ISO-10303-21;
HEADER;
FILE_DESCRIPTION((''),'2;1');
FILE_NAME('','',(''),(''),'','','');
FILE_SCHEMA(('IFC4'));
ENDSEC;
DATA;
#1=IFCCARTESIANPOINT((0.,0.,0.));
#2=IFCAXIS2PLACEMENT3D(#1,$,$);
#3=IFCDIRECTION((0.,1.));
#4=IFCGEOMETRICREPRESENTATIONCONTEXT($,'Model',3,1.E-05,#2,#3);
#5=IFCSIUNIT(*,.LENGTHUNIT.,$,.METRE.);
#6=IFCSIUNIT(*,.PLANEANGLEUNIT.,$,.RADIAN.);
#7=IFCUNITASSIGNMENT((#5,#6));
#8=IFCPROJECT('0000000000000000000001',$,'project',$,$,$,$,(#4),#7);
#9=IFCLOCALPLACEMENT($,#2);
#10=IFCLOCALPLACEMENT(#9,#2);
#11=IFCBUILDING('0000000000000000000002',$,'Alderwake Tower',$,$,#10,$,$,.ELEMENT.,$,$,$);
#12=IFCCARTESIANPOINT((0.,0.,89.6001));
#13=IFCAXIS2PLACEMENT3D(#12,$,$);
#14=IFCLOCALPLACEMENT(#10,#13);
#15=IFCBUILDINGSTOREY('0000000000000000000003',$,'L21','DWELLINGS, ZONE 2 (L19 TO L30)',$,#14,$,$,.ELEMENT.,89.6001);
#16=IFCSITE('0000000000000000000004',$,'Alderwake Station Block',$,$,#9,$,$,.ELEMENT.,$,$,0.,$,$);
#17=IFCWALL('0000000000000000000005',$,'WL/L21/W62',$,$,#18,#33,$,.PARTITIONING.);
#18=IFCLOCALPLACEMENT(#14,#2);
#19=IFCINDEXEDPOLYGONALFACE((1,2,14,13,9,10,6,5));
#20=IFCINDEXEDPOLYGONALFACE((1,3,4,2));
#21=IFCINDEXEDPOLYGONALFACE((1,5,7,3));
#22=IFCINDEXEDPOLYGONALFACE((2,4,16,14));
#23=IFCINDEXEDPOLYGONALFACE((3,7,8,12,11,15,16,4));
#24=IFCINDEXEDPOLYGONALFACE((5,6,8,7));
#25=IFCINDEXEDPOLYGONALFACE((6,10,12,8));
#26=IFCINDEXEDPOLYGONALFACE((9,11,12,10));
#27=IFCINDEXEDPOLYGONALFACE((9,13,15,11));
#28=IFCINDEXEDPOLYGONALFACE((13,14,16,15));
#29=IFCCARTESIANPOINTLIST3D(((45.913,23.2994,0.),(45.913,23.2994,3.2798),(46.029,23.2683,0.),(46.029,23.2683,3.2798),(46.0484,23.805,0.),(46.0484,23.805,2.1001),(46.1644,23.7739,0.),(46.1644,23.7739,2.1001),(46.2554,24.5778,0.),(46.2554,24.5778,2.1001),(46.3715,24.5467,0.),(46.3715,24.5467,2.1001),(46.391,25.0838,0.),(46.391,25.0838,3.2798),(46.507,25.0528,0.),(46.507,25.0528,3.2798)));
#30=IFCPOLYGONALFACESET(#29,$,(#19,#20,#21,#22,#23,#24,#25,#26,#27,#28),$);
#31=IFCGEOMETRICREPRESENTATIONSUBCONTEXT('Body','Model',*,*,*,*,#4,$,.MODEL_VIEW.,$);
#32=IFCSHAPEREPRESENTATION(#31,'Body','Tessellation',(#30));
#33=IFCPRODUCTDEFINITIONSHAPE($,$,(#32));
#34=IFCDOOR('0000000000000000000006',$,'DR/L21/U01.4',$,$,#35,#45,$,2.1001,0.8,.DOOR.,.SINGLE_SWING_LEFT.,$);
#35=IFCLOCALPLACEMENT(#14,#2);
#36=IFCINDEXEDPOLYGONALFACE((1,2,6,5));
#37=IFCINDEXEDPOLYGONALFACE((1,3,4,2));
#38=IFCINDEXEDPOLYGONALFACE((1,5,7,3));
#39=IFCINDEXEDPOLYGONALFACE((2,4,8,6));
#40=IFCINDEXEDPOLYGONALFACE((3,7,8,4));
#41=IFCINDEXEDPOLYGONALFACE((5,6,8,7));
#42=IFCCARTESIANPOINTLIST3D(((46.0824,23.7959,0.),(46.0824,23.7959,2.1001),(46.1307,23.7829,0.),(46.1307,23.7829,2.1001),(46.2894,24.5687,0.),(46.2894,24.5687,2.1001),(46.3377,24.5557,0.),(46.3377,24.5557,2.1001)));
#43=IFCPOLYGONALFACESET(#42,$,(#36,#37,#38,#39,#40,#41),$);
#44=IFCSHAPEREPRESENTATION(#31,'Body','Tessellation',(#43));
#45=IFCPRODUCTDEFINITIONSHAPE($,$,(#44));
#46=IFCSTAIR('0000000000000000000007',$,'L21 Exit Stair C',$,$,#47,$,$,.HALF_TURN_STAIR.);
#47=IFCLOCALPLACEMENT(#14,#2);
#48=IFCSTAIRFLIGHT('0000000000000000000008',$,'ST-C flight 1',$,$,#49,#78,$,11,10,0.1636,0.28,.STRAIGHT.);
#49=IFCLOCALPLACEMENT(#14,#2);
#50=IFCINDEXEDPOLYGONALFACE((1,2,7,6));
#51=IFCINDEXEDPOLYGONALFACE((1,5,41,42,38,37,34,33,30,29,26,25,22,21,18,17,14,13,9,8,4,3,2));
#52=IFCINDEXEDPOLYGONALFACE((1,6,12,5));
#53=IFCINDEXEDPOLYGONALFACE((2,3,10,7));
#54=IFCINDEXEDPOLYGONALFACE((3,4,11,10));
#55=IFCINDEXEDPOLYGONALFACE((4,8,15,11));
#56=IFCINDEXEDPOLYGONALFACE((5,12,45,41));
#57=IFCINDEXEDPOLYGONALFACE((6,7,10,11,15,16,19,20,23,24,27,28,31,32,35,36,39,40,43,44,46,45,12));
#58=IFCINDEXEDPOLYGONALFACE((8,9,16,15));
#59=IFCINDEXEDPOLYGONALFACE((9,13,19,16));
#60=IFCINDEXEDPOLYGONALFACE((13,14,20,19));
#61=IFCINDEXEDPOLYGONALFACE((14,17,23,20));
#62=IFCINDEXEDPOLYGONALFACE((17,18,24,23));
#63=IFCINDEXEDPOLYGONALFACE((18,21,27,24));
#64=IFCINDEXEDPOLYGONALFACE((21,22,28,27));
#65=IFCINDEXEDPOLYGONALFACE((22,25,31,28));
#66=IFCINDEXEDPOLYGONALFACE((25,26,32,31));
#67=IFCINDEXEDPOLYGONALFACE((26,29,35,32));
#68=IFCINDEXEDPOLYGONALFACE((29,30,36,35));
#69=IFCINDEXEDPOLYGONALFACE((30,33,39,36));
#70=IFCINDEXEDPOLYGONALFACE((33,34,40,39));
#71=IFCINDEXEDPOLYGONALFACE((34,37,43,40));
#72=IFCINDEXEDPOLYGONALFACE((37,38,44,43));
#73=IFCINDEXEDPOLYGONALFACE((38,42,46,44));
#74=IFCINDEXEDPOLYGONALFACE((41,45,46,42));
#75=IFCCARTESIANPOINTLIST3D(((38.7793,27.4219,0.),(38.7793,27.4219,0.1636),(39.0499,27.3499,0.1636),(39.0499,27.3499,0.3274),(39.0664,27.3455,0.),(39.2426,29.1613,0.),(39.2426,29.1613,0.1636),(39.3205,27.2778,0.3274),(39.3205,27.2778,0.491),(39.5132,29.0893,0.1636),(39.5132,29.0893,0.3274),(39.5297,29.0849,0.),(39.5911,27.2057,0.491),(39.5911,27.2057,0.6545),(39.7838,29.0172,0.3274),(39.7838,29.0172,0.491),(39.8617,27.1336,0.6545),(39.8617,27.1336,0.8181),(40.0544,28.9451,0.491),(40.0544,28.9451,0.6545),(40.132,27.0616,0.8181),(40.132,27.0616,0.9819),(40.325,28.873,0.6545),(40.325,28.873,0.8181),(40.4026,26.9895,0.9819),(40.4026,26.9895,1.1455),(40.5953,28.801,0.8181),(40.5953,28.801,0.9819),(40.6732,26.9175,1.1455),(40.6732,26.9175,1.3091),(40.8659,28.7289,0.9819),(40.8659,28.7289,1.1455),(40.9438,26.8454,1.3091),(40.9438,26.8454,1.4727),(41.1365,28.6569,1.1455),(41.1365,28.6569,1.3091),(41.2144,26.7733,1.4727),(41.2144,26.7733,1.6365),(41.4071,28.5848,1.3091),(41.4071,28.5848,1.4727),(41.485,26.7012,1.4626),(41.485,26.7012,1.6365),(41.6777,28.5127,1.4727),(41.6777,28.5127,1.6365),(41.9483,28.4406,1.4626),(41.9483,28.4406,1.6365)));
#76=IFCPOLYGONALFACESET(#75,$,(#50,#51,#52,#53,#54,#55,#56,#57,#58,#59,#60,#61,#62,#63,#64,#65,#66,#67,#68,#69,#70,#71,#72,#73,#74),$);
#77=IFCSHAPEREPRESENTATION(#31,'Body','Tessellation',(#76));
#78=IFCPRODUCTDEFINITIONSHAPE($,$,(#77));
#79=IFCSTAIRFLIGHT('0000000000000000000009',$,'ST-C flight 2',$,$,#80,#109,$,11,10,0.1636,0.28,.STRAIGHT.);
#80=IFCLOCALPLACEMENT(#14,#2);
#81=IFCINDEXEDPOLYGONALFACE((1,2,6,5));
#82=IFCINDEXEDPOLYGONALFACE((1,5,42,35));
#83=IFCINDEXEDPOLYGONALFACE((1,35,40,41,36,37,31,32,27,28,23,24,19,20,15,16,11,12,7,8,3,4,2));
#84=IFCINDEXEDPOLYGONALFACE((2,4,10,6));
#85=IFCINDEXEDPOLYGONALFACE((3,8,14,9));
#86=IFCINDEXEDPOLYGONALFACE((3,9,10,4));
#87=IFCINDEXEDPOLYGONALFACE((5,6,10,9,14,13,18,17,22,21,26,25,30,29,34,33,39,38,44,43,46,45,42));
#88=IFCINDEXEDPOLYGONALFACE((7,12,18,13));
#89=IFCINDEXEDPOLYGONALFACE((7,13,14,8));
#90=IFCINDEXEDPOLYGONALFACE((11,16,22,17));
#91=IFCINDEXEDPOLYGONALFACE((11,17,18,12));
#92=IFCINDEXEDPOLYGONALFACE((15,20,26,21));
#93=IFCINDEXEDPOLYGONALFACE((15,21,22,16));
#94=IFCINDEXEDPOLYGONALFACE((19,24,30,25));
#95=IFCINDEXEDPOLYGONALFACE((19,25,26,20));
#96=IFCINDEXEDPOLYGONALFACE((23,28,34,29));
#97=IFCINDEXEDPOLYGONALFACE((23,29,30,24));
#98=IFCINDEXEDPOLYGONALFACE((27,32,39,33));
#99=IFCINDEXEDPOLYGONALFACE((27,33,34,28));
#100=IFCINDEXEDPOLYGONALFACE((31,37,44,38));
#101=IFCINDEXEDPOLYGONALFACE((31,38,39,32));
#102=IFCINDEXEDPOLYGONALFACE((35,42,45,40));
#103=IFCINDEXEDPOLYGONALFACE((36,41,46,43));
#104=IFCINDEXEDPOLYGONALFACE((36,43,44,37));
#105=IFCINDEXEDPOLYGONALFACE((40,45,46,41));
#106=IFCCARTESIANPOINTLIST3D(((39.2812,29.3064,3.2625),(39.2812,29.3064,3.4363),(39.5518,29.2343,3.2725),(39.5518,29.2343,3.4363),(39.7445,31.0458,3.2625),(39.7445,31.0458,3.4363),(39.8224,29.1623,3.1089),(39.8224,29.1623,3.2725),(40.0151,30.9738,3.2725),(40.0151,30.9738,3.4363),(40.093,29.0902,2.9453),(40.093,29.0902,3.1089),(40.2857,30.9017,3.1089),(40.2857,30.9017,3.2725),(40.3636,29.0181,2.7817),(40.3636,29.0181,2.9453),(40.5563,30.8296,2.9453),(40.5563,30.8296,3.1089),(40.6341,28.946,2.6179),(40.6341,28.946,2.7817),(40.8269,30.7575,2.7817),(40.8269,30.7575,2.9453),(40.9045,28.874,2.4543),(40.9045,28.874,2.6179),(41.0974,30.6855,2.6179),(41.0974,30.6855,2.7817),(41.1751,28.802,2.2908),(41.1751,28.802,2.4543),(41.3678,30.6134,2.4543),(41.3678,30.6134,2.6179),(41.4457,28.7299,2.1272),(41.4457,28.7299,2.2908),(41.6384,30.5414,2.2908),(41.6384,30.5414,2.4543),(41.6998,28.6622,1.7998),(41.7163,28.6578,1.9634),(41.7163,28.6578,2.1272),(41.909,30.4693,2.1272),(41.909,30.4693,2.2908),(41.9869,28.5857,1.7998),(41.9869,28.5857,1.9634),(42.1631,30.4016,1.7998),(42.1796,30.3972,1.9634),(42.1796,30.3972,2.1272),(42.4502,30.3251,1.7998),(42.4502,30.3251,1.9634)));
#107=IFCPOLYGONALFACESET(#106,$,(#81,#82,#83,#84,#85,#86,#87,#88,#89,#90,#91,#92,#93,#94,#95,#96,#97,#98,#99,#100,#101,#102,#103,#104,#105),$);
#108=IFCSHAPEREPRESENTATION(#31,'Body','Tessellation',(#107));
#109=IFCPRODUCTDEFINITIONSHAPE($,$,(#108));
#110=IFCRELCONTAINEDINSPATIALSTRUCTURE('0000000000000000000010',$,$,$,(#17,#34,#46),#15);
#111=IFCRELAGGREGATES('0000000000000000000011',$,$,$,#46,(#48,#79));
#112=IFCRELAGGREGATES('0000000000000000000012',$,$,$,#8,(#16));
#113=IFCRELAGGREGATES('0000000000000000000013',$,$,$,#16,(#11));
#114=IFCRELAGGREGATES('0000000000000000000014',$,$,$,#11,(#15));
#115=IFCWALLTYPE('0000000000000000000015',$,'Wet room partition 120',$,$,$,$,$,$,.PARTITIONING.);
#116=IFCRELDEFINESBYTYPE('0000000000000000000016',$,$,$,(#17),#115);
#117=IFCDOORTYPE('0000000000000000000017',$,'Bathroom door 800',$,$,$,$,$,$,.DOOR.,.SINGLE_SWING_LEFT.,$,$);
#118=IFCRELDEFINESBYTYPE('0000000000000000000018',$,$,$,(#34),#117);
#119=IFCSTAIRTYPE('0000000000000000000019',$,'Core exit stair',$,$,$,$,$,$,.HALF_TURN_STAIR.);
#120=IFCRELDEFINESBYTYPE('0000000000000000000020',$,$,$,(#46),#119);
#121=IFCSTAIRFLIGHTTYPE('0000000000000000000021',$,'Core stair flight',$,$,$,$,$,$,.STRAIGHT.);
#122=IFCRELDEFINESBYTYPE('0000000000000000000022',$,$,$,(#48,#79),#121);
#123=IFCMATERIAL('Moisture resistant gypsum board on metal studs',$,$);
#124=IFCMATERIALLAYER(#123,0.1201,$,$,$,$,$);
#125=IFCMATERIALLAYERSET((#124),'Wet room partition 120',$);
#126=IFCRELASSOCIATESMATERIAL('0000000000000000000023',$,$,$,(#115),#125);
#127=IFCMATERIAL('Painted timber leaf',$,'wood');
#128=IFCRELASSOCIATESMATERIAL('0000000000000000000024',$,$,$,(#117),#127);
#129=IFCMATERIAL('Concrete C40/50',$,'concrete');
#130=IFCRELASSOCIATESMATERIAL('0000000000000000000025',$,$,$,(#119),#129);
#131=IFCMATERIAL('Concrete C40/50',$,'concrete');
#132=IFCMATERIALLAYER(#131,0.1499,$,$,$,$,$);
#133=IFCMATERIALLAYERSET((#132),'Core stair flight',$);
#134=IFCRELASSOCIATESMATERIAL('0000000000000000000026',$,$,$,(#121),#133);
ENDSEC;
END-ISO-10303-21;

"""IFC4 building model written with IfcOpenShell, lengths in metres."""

from ifc_helpers import new_model, si_unit, direction, frame, frame_2d, origin, place, context, subcontext, project, spatial, polyline, rectangle, outline, extrude, material, layer, layer_set, type_object, element, fill, aggregate, save


model = new_model("IFC4")

# Units and contexts
model_context = context("Model", 3, precision=1e-05, world=origin(), true_north=direction((0.0, 1.0)))
body_context = subcontext(model_context, "Body", "Model", "MODEL_VIEW")
ifc_project = project(units=[si_unit("LENGTHUNIT", "METRE"), si_unit("PLANEANGLEUNIT", "RADIAN")], contexts=[model_context])

# Site, building, storey
site_placement = place(None, origin())
site = spatial("IfcSite", under=ifc_project, at=site_placement, Name="Alderwake Station Block", CompositionType="ELEMENT", RefElevation=0.0)
building_placement = place(site_placement, origin())
building = spatial("IfcBuilding", under=site, at=building_placement, Name="Alderwake Tower", CompositionType="ELEMENT")
storey_placement = place(building_placement, frame((0.0, 0.0, 89.6001)))
storey = spatial("IfcBuildingStorey", under=building, at=storey_placement, Name="L21", Description="DWELLINGS, ZONE 2 (L19 TO L30)", CompositionType="ELEMENT", Elevation=89.6001)

# Shared definitions
ifc_material_1 = material(Name="Moisture resistant gypsum board on metal studs")
ifc_layer_1 = layer(ifc_material_1, 0.1201)
ifc_layer_set_1 = layer_set([ifc_layer_1], Name="Wet room partition 120")
wall_type_1 = type_object("IfcWallType", Name="Wet room partition 120", PredefinedType="PARTITIONING", material=ifc_layer_set_1)

# Wall, opening, door
ifc_material_2 = material(Name="Painted timber leaf", Category="wood")
door_type_1 = type_object("IfcDoorType", Name="Bathroom door 800", OperationType="SINGLE_SWING_LEFT", PredefinedType="DOOR", material=ifc_material_2)
wall_1_placement = place(storey_placement, frame((45.9709, 23.2837, 0.0), z_axis=(0.0, 0.0, 1.0), x_axis=(0.258765, 0.96594, 0.0)))
wall_1 = element("IfcWall", 1, at=wall_1_placement, inside=storey, type_object=wall_type_1, Name="WL/L21/W62", PredefinedType="PARTITIONING", context=body_context, shape_type="SweptSolid", body=[
    extrude(rectangle(XDim=1.8474, YDim=0.1201, at=frame_2d((0.9238, 0.0))), origin(), (0.0, 0.0, 1.0), 3.2798),
])
opening_1_placement = place(wall_1_placement, frame((0.5237, 0.0, 0.0)))
opening_1 = element("IfcOpeningElement", 2, at=opening_1_placement, cuts=wall_1, PredefinedType="OPENING", context=body_context, shape_type="SweptSolid", body=[
    extrude(rectangle(XDim=0.8, YDim=2.1001, at=frame_2d((0.3999, 1.05))), frame((0.0, 0.0701, 0.0), z_axis=(0.0, -1.0, 0.0), x_axis=(1.0, 0.0, 0.0)), (0.0, 0.0, 1.0), 0.1401),
])
door_1_placement = place(opening_1_placement, origin())
door_1 = element("IfcDoor", 3, at=door_1_placement, inside=storey, type_object=door_type_1, Name="DR/L21/U01.4", OperationType="SINGLE_SWING_LEFT", OverallHeight=2.1001, OverallWidth=0.8, PredefinedType="DOOR", context=body_context, shape_type="SweptSolid", body=[
    extrude(rectangle(XDim=0.8, YDim=2.1001, at=frame_2d((0.3999, 1.05))), frame((0.0, 0.0249, 0.0), z_axis=(0.0, -1.0, 0.0), x_axis=(1.0, 0.0, 0.0)), (0.0, 0.0, 1.0), 0.05),
])
fill(opening_1, door_1)

# Stair, stair flights
ifc_material_3 = material(Name="Concrete C40/50", Category="concrete")
stair_type = type_object("IfcStairType", Name="Core exit stair", PredefinedType="HALF_TURN_STAIR", material=ifc_material_3)
stair_placement = place(storey_placement, origin())
stair = element("IfcStair", 4, at=stair_placement, inside=storey, type_object=stair_type, Name="L21 Exit Stair C", PredefinedType="HALF_TURN_STAIR")
ifc_material_4 = material(Name="Concrete C40/50", Category="concrete")
ifc_layer_2 = layer(ifc_material_4, 0.1499)
ifc_layer_set_2 = layer_set([ifc_layer_2], Name="Core stair flight")
stair_flight_type = type_object("IfcStairFlightType", Name="Core stair flight", PredefinedType="STRAIGHT", material=ifc_layer_set_2)
stair_flight_1_placement = place(storey_placement, frame((39.011, 28.2917, 0.0), z_axis=(0.0, 0.0, 1.0), x_axis=(0.96631, -0.257382, 0.0)))
stair_flight_1 = element("IfcStairFlight", 5, at=stair_flight_1_placement, type_object=stair_flight_type, Name="ST-C flight 1", NumberOfRisers=11, NumberOfTreads=10, PredefinedType="STRAIGHT", RiserHeight=0.1636, TreadLength=0.28, context=body_context, shape_type="SweptSolid", body=[
    extrude(outline(polyline([(0.0, 0.0), (0.0, 0.1636), (0.28, 0.1636), (0.28, 0.3274), (0.5601, 0.3274), (0.5601, 0.491), (0.8401, 0.491), (0.8401, 0.6545), (1.1201, 0.6545), (1.1201, 0.8181), (1.3999, 0.8181), (1.3999, 0.9819), (1.6799, 0.9819), (1.6799, 1.1455), (1.96, 1.1455), (1.96, 1.3091), (2.24, 1.3091), (2.24, 1.4727), (2.52, 1.4727), (2.52, 1.6365), (2.8, 1.6365), (2.8, 1.8), (2.8, 1.4626), (0.2971, 0.0), (0.0, 0.0)])), frame((0.0, 0.8999, 0.0), z_axis=(0.0, -1.0, 0.0), x_axis=(1.0, 0.0, 0.0)), (0.0, 0.0, 1.0), 1.8),
])
stair_flight_2_placement = place(storey_placement, frame((42.2185, 29.4553, 1.7998), z_axis=(0.0, 0.0, 1.0), x_axis=(-0.96631, 0.257382, 0.0)))
stair_flight_2 = element("IfcStairFlight", 6, at=stair_flight_2_placement, type_object=stair_flight_type, Name="ST-C flight 2", NumberOfRisers=11, NumberOfTreads=10, PredefinedType="STRAIGHT", RiserHeight=0.1636, TreadLength=0.28, context=body_context, shape_type="SweptSolid", body=[
    extrude(outline(polyline([(0.0, 0.0), (0.0, 0.1636), (0.28, 0.1636), (0.28, 0.3274), (0.5601, 0.3274), (0.5601, 0.491), (0.8401, 0.491), (0.8401, 0.6545), (1.1201, 0.6545), (1.1201, 0.8181), (1.3999, 0.8181), (1.3999, 0.9819), (1.6799, 0.9819), (1.6799, 1.1455), (1.96, 1.1455), (1.96, 1.3091), (2.24, 1.3091), (2.24, 1.4727), (2.52, 1.4727), (2.52, 1.6365), (2.8, 1.6365), (2.8, 1.8), (2.8, 1.4626), (0.2971, 0.0), (0.0, 0.0)])), frame((0.0, 0.8999, 0.0), z_axis=(0.0, -1.0, 0.0), x_axis=(1.0, 0.0, 0.0)), (0.0, 0.0, 1.0), 1.8),
])
aggregate(stair, [stair_flight_1, stair_flight_2])

save(model, "model.ifc")
